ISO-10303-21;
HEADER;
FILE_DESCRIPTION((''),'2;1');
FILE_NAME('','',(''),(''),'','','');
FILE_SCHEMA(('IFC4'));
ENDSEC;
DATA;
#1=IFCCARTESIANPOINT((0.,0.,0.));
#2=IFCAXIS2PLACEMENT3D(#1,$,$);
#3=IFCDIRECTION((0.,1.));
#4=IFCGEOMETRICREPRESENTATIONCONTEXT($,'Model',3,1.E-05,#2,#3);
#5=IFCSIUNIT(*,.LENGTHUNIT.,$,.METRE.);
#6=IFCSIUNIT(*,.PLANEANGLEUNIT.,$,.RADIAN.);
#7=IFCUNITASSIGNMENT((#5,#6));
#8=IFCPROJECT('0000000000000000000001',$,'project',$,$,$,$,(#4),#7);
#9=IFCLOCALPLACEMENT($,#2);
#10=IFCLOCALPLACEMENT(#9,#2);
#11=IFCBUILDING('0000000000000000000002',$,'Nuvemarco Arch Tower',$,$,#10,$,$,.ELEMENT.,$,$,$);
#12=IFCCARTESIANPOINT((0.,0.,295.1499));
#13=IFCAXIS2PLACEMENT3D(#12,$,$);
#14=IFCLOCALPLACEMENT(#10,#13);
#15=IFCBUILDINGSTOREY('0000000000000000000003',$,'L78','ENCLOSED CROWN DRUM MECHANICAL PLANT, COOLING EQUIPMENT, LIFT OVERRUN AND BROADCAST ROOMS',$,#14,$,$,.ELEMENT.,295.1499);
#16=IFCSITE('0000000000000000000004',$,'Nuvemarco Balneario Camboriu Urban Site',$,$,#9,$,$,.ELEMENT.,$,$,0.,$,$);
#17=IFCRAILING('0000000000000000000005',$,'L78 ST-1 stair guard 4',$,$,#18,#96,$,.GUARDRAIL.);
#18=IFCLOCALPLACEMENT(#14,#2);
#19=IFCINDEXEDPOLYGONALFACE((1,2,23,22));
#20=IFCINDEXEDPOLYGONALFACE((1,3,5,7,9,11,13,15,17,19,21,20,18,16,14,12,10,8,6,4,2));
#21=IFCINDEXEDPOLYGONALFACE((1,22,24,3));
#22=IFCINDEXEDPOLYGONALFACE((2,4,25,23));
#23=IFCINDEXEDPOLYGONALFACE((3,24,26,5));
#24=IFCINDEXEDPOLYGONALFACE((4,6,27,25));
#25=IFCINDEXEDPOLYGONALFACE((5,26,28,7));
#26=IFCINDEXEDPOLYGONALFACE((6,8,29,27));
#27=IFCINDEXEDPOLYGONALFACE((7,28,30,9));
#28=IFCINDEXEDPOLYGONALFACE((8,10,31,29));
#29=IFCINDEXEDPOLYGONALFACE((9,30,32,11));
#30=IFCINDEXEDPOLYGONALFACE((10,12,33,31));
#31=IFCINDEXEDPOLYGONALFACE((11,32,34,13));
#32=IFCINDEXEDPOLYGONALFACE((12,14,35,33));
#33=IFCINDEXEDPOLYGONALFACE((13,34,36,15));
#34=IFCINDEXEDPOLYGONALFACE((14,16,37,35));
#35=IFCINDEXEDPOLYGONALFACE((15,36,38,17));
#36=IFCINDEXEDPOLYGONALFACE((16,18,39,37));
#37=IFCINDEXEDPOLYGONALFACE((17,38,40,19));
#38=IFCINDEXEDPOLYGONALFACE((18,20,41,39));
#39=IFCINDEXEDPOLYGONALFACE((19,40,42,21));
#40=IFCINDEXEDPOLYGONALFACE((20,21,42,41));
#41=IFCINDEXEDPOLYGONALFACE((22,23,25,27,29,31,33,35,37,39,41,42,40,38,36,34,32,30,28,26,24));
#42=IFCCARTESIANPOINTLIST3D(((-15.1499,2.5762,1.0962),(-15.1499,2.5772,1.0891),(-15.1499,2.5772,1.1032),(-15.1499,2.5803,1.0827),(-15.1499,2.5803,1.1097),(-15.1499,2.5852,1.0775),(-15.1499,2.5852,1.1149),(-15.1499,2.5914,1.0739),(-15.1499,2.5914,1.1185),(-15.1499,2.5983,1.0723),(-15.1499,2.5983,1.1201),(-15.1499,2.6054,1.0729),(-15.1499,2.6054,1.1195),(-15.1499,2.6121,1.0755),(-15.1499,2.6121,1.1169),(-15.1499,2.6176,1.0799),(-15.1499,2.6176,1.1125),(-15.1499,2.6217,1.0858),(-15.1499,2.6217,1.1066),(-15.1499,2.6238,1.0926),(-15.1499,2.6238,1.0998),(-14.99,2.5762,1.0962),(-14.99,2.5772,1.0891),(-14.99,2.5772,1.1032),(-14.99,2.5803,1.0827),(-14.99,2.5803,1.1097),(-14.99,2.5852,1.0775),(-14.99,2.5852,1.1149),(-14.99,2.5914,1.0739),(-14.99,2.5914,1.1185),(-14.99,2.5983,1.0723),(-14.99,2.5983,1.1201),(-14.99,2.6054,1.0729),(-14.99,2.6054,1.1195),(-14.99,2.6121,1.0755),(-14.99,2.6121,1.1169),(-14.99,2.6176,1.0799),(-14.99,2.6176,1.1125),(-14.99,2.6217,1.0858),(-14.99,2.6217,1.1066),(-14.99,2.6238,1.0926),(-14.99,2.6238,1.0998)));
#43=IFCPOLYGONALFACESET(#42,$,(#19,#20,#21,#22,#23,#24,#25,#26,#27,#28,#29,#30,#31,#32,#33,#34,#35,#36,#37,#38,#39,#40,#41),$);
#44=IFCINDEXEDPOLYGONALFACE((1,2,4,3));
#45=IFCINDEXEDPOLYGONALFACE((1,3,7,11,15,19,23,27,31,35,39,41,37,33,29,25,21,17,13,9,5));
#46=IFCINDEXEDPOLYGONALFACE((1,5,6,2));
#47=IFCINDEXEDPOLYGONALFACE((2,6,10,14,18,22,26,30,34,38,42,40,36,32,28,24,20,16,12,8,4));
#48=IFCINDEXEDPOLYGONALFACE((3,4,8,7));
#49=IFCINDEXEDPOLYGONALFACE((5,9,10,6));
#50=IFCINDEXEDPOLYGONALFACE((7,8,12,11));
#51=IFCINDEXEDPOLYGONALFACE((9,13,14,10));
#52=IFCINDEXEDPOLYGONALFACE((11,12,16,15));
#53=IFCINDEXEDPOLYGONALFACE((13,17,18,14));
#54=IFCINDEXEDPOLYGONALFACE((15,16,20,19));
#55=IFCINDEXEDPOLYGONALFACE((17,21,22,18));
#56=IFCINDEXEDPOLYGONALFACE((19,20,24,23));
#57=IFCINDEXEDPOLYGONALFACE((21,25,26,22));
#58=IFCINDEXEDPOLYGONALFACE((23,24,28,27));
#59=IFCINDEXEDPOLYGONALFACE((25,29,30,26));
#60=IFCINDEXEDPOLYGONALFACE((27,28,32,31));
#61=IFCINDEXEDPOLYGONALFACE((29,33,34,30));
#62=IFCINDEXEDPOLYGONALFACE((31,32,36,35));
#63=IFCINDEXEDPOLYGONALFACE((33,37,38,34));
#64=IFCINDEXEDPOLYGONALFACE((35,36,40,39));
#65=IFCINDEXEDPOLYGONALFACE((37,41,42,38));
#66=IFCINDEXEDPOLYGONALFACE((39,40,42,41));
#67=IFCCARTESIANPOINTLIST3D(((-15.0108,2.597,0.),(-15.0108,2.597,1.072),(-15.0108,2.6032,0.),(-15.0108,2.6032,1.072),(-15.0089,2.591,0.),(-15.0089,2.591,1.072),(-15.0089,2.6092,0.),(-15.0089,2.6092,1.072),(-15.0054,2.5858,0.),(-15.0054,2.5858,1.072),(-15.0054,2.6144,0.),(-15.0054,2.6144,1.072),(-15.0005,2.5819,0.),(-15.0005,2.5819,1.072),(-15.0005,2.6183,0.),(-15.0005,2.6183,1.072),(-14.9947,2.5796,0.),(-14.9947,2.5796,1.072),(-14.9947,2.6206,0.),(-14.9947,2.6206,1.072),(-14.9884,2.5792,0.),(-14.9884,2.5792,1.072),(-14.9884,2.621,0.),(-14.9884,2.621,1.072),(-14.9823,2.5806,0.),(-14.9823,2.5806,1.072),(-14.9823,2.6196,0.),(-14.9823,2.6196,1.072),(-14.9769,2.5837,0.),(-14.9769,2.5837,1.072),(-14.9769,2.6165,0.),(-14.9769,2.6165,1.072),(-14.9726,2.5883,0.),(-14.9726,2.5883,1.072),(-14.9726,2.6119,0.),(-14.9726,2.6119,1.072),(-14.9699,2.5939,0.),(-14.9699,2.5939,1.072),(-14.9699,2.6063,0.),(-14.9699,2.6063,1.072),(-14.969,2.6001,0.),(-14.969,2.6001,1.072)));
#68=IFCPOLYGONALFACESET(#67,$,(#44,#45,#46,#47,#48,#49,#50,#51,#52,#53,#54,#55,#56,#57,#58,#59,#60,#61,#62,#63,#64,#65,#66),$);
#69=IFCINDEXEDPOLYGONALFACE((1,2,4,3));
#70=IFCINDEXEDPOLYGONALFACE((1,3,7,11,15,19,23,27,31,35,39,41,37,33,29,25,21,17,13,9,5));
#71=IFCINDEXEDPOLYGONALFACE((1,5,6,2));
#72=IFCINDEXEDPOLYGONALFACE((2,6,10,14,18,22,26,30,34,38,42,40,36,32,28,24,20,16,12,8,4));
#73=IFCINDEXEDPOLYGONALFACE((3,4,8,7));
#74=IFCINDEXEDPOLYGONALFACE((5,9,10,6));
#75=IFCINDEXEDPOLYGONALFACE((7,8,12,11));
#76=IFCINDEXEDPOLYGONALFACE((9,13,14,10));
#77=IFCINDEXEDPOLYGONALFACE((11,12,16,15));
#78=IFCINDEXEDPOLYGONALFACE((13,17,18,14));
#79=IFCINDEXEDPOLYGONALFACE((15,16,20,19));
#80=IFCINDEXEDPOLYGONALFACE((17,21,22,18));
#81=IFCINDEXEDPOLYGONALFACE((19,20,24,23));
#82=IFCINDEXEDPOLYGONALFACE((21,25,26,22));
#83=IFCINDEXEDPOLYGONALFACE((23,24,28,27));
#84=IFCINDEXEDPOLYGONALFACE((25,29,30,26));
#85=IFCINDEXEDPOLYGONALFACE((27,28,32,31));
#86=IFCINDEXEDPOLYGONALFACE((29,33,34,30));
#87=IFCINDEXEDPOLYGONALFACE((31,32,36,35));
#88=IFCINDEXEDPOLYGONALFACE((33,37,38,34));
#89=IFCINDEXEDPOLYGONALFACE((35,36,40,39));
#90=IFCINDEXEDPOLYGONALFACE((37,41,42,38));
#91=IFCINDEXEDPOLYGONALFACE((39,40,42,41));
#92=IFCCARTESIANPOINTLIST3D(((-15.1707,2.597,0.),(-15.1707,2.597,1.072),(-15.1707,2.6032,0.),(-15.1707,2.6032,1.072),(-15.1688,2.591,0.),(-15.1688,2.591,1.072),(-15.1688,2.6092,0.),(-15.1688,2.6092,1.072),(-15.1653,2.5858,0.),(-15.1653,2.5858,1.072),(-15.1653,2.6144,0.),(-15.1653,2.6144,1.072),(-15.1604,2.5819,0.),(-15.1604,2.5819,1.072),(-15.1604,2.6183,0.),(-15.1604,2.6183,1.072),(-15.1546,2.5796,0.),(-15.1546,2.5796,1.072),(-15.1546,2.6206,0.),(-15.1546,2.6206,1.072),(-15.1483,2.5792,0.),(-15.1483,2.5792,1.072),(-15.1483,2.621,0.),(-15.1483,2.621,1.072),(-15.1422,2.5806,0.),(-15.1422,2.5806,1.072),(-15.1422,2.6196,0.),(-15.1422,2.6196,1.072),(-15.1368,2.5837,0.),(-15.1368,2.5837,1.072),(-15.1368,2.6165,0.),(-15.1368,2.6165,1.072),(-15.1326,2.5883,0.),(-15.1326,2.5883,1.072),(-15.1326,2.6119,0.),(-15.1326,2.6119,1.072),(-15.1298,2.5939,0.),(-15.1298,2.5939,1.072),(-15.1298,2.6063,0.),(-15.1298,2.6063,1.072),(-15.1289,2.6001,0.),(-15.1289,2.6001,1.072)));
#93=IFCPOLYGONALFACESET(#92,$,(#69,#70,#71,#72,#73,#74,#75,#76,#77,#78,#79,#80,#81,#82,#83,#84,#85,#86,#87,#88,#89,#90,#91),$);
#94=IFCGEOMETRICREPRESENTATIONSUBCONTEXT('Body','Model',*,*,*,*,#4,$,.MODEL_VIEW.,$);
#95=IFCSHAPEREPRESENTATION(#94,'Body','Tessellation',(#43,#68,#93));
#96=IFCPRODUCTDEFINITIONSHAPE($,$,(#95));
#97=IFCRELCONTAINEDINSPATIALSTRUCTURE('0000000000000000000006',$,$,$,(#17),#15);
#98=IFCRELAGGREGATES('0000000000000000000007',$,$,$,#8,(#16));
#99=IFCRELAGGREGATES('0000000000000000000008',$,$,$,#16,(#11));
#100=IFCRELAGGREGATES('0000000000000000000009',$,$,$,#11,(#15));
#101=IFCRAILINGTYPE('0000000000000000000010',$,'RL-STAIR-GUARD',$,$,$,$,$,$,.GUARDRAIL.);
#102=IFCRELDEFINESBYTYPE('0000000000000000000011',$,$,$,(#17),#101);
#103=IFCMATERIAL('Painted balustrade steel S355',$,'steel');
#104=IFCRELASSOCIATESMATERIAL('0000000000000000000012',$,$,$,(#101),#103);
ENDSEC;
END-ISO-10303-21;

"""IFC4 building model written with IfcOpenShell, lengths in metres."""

from ifc_helpers import new_model, si_unit, direction, frame, origin, origin_2d, place, context, subcontext, project, spatial, circle, extrude, material, type_object, element, save


model = new_model("IFC4")

# Units and contexts
model_context = context("Model", 3, precision=1e-05, world=origin(), true_north=direction((0.0, 1.0)))
body_context = subcontext(model_context, "Body", "Model", "MODEL_VIEW")
ifc_project = project(units=[si_unit("LENGTHUNIT", "METRE"), si_unit("PLANEANGLEUNIT", "RADIAN")], contexts=[model_context])

# Site, building, storey
site_placement = place(None, origin())
site = spatial("IfcSite", under=ifc_project, at=site_placement, Name="Nuvemarco Balneario Camboriu Urban Site", CompositionType="ELEMENT", RefElevation=0.0)
building_placement = place(site_placement, origin())
building = spatial("IfcBuilding", under=site, at=building_placement, Name="Nuvemarco Arch Tower", CompositionType="ELEMENT")
storey_placement = place(building_placement, frame((0.0, 0.0, 295.1499)))
storey = spatial("IfcBuildingStorey", under=building, at=storey_placement, Name="L78", Description="ENCLOSED CROWN DRUM MECHANICAL PLANT, COOLING EQUIPMENT, LIFT OVERRUN AND BROADCAST ROOMS", CompositionType="ELEMENT", Elevation=295.1499)

# Railing
ifc_material_1 = material(Name="Painted balustrade steel S355", Category="steel")
railing_type_1 = type_object("IfcRailingType", Name="RL-STAIR-GUARD", PredefinedType="GUARDRAIL", material=ifc_material_1)
railing_1_placement = place(storey_placement, frame((-14.99, 2.6001, 0.0)))
element("IfcRailing", 1, at=railing_1_placement, inside=storey, type_object=railing_type_1, Name="L78 ST-1 stair guard 4", PredefinedType="GUARDRAIL", context=body_context, shape_type="SweptSolid", body=[
    extrude(circle(Radius=0.0239, at=origin_2d()), frame((0.0, 0.0, 1.0962), z_axis=(-1.0, 0.0, 0.0), x_axis=(0.0, -1.0, 0.0)), (0.0, 0.0, 1.0), 0.1599),
    extrude(circle(Radius=0.021, at=origin_2d()), origin(), (0.0, 0.0, 1.0), 1.072),
    extrude(circle(Radius=0.021, at=origin_2d()), frame((-0.1599, 0.0, 0.0)), (0.0, 0.0, 1.0), 1.072),
])

save(model, "model.ifc")
